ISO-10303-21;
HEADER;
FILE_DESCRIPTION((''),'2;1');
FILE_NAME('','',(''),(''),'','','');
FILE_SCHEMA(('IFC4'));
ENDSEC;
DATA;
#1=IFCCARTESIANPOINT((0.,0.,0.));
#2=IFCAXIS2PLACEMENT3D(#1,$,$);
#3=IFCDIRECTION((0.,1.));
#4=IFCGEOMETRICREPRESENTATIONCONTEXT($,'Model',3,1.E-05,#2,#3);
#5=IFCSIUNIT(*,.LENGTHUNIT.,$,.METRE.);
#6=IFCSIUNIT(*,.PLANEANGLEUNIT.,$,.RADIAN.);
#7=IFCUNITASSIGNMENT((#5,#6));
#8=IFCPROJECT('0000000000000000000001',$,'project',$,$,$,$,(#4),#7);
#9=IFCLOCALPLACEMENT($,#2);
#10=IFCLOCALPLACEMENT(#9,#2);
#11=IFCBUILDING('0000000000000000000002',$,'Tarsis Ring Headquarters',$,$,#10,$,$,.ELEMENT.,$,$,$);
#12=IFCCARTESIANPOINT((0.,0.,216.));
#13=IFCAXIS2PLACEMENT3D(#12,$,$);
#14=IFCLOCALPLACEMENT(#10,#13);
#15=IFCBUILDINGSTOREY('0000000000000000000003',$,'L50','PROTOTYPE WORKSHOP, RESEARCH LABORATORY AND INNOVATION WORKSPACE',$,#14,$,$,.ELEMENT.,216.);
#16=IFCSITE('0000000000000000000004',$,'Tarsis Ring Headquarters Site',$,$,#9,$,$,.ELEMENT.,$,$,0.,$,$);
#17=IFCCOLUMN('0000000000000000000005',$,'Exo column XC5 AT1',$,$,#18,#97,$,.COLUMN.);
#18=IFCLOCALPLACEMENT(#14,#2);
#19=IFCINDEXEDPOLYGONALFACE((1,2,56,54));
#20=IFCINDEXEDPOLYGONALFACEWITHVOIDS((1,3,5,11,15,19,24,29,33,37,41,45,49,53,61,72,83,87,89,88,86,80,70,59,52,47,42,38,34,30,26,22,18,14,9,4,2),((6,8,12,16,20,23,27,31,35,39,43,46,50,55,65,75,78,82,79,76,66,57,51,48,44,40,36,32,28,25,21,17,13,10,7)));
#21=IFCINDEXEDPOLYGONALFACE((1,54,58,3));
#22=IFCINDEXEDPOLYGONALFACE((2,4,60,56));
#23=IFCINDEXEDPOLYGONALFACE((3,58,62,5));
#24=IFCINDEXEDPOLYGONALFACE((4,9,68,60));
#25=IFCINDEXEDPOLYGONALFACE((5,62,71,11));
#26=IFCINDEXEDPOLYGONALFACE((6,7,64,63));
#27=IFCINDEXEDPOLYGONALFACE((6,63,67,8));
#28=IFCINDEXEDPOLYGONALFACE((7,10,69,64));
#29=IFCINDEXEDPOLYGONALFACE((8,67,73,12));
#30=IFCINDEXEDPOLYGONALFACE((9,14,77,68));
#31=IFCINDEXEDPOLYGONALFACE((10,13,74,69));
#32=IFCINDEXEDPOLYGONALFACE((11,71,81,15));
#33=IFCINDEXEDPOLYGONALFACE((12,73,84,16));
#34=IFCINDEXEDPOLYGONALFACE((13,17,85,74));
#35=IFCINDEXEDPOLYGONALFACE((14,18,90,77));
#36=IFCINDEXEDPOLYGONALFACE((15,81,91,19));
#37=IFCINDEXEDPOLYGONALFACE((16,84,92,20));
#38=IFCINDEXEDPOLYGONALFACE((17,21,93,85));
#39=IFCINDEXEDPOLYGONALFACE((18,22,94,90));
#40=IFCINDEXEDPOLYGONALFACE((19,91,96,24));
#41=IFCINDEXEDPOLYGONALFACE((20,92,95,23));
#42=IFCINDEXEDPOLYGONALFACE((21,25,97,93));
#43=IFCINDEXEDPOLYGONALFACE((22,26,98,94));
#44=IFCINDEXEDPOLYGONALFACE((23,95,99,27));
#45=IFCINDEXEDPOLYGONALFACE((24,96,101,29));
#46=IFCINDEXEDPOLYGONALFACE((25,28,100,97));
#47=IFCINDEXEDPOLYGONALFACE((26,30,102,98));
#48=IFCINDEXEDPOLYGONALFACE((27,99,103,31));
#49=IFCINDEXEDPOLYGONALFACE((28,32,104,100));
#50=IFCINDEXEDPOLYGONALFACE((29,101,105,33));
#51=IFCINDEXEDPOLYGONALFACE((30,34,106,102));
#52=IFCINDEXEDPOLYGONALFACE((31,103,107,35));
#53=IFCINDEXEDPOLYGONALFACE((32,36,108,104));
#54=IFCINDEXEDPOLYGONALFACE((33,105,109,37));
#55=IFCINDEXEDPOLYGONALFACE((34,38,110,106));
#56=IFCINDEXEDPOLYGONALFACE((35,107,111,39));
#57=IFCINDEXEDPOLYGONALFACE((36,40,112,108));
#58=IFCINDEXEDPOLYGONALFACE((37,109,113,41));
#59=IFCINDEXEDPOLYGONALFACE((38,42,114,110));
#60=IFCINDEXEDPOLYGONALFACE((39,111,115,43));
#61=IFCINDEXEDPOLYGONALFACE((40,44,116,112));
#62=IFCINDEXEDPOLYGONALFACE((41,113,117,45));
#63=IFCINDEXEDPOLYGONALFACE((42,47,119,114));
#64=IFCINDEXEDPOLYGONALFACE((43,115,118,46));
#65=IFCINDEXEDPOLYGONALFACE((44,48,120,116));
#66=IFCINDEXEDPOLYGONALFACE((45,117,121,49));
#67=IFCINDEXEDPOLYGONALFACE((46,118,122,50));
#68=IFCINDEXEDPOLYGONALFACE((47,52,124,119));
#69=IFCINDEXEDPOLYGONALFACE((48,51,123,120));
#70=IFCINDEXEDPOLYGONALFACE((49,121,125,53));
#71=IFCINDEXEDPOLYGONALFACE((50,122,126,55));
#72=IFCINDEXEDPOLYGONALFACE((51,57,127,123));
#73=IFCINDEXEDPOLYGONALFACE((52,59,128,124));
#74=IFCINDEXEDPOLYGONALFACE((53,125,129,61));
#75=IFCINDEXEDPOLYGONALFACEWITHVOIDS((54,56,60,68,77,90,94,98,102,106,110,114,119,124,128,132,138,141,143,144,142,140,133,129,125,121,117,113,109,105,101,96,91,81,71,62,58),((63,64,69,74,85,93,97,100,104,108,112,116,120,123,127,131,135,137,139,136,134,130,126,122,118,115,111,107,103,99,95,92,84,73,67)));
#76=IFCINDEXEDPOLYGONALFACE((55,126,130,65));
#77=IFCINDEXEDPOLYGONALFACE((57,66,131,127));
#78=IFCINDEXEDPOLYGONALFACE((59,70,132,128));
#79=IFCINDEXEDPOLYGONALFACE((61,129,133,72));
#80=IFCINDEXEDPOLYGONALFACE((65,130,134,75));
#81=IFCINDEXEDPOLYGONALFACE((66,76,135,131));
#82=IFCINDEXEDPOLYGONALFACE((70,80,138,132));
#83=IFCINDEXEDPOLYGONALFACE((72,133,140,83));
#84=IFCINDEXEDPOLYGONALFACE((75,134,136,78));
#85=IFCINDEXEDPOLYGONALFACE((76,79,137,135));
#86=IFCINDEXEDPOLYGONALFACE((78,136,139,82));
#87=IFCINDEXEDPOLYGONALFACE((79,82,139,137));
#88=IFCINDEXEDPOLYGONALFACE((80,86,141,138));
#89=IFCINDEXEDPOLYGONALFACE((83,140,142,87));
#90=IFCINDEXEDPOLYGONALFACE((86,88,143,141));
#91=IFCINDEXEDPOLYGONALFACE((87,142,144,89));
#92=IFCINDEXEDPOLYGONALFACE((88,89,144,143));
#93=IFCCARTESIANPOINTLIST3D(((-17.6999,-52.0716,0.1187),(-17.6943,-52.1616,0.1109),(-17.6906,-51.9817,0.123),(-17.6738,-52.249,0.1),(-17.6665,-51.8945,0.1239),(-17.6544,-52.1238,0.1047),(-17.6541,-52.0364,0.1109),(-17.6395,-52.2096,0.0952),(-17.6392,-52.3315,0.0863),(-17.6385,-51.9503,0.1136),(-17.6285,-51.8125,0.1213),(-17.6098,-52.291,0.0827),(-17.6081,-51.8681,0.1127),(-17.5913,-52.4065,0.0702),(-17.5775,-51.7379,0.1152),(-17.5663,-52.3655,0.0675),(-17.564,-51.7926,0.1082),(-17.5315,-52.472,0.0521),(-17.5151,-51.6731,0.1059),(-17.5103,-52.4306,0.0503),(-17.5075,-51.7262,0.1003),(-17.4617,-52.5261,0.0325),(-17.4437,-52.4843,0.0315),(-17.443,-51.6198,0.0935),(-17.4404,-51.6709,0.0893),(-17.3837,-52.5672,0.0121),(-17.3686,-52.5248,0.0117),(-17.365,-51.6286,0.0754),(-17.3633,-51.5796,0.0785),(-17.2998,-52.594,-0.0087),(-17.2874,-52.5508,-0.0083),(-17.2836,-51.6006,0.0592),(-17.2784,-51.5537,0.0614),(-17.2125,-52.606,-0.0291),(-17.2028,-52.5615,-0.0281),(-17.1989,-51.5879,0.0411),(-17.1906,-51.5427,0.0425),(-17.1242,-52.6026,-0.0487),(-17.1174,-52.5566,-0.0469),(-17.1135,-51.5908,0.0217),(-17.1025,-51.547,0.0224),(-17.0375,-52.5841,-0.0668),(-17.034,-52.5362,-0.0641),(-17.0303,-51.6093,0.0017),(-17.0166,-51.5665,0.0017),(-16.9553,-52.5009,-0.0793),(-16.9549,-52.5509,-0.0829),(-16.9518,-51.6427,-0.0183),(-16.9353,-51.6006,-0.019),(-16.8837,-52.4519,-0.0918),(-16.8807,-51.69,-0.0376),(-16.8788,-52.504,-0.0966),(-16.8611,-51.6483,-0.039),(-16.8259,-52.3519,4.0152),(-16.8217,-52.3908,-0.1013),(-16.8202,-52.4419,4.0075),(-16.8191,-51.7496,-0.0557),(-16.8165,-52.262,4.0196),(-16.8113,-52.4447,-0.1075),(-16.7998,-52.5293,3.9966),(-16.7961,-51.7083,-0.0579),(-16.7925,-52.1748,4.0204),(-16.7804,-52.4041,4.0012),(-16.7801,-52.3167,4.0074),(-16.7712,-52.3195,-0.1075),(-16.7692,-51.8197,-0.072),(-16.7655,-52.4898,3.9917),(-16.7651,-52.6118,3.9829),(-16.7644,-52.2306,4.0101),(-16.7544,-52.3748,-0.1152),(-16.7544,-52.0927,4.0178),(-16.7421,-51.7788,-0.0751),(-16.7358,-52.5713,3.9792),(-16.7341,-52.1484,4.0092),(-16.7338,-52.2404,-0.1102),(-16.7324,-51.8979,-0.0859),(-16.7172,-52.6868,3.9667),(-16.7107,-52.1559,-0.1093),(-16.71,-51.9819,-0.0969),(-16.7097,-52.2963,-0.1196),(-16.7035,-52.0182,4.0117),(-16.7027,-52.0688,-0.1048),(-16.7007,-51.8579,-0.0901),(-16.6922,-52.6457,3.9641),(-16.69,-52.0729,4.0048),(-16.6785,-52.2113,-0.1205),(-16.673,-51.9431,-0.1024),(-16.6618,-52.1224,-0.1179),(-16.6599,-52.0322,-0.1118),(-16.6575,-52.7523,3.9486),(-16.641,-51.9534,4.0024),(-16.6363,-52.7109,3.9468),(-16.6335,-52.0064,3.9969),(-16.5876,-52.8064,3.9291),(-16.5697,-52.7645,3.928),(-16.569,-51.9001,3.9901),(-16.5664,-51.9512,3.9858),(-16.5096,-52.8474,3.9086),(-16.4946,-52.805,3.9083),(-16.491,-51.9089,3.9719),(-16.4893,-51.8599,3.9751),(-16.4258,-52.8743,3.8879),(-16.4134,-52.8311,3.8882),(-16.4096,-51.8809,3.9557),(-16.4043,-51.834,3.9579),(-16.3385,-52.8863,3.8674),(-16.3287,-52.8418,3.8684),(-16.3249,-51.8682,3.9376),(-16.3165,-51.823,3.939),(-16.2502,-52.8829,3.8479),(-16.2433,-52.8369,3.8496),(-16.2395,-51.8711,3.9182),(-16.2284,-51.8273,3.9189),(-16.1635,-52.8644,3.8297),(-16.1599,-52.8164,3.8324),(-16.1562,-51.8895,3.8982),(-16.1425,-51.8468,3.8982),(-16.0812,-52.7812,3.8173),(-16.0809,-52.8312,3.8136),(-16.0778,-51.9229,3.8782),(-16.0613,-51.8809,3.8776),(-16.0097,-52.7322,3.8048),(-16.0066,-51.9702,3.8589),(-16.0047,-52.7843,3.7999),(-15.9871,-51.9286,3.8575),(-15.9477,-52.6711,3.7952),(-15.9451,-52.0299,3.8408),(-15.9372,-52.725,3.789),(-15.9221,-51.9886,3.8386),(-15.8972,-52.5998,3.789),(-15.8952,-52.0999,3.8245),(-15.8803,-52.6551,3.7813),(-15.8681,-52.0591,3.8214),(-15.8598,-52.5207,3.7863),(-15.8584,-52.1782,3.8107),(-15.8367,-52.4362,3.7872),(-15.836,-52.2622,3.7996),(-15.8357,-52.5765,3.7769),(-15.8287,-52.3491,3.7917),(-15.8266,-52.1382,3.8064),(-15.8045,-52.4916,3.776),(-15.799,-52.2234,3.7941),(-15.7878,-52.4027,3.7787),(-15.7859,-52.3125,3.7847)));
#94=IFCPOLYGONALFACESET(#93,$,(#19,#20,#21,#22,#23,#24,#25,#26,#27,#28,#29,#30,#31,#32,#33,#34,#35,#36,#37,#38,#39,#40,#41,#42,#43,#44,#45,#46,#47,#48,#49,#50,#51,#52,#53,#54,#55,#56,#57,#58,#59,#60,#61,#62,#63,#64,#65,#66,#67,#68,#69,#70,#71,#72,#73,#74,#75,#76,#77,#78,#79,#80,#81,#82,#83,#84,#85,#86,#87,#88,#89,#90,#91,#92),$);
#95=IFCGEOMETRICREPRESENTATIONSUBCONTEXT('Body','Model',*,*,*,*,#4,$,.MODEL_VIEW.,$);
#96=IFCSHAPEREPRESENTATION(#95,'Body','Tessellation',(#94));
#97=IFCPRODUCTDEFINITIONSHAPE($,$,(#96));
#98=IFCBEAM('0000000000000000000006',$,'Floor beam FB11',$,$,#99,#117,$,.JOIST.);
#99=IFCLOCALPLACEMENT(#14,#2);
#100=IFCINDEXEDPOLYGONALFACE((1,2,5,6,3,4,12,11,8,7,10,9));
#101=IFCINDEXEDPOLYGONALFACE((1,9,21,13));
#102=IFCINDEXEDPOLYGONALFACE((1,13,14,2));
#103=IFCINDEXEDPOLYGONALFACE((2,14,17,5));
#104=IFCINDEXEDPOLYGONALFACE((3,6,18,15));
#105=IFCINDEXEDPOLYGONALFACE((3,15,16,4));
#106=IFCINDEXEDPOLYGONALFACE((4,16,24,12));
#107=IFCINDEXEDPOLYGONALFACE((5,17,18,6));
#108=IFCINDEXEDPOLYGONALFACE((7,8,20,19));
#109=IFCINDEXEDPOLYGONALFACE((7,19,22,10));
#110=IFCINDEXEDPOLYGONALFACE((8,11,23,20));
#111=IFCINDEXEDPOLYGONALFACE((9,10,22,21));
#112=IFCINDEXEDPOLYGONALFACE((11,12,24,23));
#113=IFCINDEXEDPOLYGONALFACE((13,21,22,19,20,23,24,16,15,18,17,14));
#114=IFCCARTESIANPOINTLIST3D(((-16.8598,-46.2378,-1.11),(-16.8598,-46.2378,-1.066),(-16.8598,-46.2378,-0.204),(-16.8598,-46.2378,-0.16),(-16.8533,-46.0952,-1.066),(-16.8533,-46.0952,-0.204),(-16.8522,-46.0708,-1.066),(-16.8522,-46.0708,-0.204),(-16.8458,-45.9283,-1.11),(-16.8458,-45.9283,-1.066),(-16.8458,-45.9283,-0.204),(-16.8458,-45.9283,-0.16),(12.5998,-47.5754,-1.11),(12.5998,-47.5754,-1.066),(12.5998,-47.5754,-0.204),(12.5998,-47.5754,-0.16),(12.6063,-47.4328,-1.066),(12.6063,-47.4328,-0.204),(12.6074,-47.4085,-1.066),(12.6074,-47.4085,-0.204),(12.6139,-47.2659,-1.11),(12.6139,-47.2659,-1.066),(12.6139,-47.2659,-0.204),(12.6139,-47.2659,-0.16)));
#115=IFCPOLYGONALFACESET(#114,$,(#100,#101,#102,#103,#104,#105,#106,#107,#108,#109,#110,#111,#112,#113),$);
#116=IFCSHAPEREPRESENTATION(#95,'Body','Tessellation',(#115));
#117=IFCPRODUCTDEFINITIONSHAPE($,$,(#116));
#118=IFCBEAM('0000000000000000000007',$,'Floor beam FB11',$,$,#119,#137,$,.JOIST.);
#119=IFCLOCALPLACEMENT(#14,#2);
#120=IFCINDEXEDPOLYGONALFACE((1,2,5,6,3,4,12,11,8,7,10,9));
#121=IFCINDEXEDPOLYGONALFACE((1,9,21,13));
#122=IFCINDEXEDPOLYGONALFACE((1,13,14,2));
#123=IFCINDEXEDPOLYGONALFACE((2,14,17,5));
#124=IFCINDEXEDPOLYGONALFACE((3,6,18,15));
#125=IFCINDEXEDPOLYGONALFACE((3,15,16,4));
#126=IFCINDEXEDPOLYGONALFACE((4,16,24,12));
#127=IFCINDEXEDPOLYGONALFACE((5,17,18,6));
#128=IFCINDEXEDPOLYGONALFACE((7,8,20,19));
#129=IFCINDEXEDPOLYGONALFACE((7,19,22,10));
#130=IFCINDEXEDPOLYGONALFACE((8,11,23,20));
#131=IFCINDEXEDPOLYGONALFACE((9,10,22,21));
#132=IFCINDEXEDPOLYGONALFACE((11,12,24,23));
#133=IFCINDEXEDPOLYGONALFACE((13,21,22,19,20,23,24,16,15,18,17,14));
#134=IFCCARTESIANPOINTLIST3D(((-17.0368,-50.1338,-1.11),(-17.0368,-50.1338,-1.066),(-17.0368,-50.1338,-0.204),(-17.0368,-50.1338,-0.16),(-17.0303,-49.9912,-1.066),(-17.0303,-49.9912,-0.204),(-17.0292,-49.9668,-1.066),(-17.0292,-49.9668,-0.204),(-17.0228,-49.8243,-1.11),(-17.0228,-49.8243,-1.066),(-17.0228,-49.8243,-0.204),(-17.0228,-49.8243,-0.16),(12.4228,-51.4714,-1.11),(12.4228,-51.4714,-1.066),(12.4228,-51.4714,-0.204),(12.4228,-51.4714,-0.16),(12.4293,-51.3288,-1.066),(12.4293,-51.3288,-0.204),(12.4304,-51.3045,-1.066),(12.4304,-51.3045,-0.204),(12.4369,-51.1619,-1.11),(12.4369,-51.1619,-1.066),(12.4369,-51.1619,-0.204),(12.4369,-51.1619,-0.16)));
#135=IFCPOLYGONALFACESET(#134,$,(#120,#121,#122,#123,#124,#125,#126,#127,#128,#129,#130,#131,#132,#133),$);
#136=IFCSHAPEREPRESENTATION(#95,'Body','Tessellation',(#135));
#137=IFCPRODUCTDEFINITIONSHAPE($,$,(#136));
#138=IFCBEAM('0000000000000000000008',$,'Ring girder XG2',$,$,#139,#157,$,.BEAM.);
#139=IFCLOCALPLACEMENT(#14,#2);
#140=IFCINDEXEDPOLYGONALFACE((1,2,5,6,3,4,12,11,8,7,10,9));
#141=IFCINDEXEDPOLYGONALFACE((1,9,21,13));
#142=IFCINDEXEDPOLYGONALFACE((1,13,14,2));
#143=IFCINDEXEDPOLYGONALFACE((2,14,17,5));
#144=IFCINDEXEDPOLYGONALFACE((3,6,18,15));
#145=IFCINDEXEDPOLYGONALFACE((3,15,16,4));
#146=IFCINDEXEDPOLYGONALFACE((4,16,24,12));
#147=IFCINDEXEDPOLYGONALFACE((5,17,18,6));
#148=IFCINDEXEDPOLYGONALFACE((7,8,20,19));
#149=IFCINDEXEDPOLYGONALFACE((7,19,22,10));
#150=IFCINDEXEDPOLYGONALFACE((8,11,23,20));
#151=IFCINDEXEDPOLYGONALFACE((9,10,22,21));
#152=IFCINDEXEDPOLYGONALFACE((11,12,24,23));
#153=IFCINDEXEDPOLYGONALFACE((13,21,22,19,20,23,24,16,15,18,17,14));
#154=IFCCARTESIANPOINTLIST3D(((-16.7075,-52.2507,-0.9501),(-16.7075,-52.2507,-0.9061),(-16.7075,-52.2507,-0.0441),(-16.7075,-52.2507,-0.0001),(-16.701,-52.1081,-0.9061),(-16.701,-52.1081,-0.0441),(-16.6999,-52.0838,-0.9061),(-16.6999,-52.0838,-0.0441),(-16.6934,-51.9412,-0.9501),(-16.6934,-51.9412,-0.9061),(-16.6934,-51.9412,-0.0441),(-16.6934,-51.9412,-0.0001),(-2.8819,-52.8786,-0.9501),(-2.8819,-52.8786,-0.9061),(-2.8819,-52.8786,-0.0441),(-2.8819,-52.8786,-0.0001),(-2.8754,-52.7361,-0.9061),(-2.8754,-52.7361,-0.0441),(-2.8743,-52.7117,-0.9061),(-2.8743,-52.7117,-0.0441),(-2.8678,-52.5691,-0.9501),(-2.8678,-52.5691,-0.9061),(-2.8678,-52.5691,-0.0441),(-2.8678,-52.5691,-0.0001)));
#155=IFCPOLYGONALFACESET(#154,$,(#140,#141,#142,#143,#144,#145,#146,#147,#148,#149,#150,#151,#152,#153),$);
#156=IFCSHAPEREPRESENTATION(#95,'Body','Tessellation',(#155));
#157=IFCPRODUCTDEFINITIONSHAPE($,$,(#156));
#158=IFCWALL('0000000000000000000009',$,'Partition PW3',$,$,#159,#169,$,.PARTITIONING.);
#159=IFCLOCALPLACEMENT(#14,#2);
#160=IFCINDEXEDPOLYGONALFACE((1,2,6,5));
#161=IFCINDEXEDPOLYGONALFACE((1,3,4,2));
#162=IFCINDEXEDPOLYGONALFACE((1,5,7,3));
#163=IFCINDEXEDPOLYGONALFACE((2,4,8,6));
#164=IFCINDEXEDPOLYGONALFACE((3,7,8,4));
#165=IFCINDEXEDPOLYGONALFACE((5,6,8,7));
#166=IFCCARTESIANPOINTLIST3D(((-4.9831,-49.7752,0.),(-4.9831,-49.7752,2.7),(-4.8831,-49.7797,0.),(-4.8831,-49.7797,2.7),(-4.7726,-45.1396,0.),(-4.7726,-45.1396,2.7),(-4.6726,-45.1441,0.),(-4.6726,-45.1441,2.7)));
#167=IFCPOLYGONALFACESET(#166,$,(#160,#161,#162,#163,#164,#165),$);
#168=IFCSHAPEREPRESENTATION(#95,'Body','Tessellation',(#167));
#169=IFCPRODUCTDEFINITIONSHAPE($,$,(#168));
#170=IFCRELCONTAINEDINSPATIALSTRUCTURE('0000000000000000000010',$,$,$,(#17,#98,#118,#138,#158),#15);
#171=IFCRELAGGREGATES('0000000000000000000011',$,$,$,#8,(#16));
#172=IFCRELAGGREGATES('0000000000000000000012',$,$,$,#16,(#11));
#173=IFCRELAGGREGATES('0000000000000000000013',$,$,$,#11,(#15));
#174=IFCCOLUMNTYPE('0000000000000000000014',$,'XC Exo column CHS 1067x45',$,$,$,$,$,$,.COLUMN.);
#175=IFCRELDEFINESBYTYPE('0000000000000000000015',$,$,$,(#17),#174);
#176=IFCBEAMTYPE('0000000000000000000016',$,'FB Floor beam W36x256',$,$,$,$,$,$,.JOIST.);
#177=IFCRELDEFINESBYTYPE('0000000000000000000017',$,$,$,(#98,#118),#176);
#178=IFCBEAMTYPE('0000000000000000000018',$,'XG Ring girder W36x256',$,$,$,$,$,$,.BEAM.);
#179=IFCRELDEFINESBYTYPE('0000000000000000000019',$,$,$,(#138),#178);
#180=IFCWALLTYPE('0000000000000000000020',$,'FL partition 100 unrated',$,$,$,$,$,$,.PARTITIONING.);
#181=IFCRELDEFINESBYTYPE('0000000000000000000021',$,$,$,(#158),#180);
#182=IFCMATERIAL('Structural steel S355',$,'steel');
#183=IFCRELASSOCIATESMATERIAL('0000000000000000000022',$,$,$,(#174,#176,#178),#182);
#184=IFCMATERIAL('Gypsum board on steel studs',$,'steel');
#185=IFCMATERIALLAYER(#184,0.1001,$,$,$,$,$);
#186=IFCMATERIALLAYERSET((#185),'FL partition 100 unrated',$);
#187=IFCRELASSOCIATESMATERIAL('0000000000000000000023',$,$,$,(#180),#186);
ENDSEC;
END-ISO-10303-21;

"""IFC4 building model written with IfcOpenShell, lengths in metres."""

from ifc_helpers import new_model, si_unit, direction, frame, frame_2d, origin, origin_2d, place, context, subcontext, project, spatial, rectangle, hollow_circle, i_section, extrude, material, layer, layer_set, material_profile, profile_set, type_object, element, save


model = new_model("IFC4")

# Units and contexts
model_context = context("Model", 3, precision=1e-05, world=origin(), true_north=direction((0.0, 1.0)))
body_context = subcontext(model_context, "Body", "Model", "MODEL_VIEW")
ifc_project = project(units=[si_unit("LENGTHUNIT", "METRE"), si_unit("PLANEANGLEUNIT", "RADIAN")], contexts=[model_context])

# Site, building, storey
site_placement = place(None, origin())
site = spatial("IfcSite", under=ifc_project, at=site_placement, Name="Tarsis Ring Headquarters Site", CompositionType="ELEMENT", RefElevation=0.0)
building_placement = place(site_placement, origin())
building = spatial("IfcBuilding", under=site, at=building_placement, Name="Tarsis Ring Headquarters", CompositionType="ELEMENT")
storey_placement = place(building_placement, frame((0.0, 0.0, 216.0)))
storey = spatial("IfcBuildingStorey", under=building, at=storey_placement, Name="L50", Description="PROTOTYPE WORKSHOP, RESEARCH LABORATORY AND INNOVATION WORKSPACE", CompositionType="ELEMENT", Elevation=216.0)

# Column
ifc_material_1 = material(Name="Structural steel S355", Category="steel")
ifc_material_profile_1 = material_profile(ifc_material_1, hollow_circle(Radius=0.5334, WallThickness=0.0449, at=origin_2d()), Name="CHS 1067x45")
ifc_profile_set_1 = profile_set([ifc_material_profile_1], Name="Structural steel S355")
column_type = type_object("IfcColumnType", Name="XC Exo column CHS 1067x45", PredefinedType="COLUMN", material=ifc_profile_set_1)
column_placement = place(storey_placement, frame((-17.1794, -52.0745, 0.0017), z_axis=(0.218335, -0.070014, 0.973359), x_axis=(0.305355, 0.952239, 0.0)))
element("IfcColumn", 1, at=column_placement, inside=storey, type_object=column_type, Name="Exo column XC5 AT1", PredefinedType="COLUMN", context=body_context, shape_type="SweptSolid", body=[
    extrude(hollow_circle(Radius=0.5334, WallThickness=0.0449, at=origin_2d()), origin(), (0.0, 0.0, 1.0), 4.0032),
])

# Beams
ifc_material_profile_2 = material_profile(ifc_material_1, i_section(OverallWidth=0.3098, OverallDepth=0.95, WebThickness=0.0244, FlangeThickness=0.0439, at=origin_2d()), Name="W36x256")
ifc_profile_set_2 = profile_set([ifc_material_profile_2], Name="Structural steel S355")
beam_type_1 = type_object("IfcBeamType", Name="FB Floor beam W36x256", PredefinedType="JOIST", material=ifc_profile_set_2)
for number, where, z_axis, x_axis, name in (
    (2, (-16.8528, -46.083, -0.635), (0.998971, -0.045359, 0.0), (0.045359, 0.998971, 0.0), "Floor beam FB11"),
    (3, (-17.0298, -49.979, -0.635), (0.998971, -0.045359, 0.0), (0.045359, 0.998971, 0.0), "Floor beam FB11"),
):
    element("IfcBeam", number, at=place(storey_placement, frame(where, z_axis=z_axis, x_axis=x_axis)), inside=storey, type_object=beam_type_1, Name=name, PredefinedType="JOIST", context=body_context, shape_type="SweptSolid", body=[
        extrude(i_section(OverallWidth=0.3098, OverallDepth=0.95, WebThickness=0.0244, FlangeThickness=0.0439, at=origin_2d()), origin(), (0.0, 0.0, 1.0), 29.49),
    ])
beam_type_2 = type_object("IfcBeamType", Name="XG Ring girder W36x256", PredefinedType="BEAM", material=ifc_profile_set_2)
beam_placement = place(storey_placement, frame((-16.7004, -52.0959, -0.4751), z_axis=(0.99897, -0.045371, 0.0), x_axis=(0.045371, 0.99897, 0.0)))
element("IfcBeam", 4, at=beam_placement, inside=storey, type_object=beam_type_2, Name="Ring girder XG2", PredefinedType="BEAM", context=body_context, shape_type="SweptSolid", body=[
    extrude(i_section(OverallWidth=0.3098, OverallDepth=0.95, WebThickness=0.0244, FlangeThickness=0.0439, at=origin_2d()), origin(), (0.0, 0.0, 1.0), 13.8398),
])

# Wall
ifc_material_2 = material(Name="Gypsum board on steel studs", Category="steel")
ifc_layer_1 = layer(ifc_material_2, 0.1001)
ifc_layer_set_1 = layer_set([ifc_layer_1], Name="FL partition 100 unrated")
wall_type_1 = type_object("IfcWallType", Name="FL partition 100 unrated", PredefinedType="PARTITIONING", material=ifc_layer_set_1)
wall_1_placement = place(storey_placement, frame((-4.9331, -49.7776, 0.0), z_axis=(0.0, 0.0, 1.0), x_axis=(0.045353, 0.998971, 0.0)))
element("IfcWall", 5, at=wall_1_placement, inside=storey, type_object=wall_type_1, Name="Partition PW3", PredefinedType="PARTITIONING", context=body_context, shape_type="SweptSolid", body=[
    extrude(rectangle(XDim=4.6404, YDim=0.1001, at=frame_2d((2.3203, 0.0))), origin(), (0.0, 0.0, 1.0), 2.7),
])

save(model, "model.ifc")
